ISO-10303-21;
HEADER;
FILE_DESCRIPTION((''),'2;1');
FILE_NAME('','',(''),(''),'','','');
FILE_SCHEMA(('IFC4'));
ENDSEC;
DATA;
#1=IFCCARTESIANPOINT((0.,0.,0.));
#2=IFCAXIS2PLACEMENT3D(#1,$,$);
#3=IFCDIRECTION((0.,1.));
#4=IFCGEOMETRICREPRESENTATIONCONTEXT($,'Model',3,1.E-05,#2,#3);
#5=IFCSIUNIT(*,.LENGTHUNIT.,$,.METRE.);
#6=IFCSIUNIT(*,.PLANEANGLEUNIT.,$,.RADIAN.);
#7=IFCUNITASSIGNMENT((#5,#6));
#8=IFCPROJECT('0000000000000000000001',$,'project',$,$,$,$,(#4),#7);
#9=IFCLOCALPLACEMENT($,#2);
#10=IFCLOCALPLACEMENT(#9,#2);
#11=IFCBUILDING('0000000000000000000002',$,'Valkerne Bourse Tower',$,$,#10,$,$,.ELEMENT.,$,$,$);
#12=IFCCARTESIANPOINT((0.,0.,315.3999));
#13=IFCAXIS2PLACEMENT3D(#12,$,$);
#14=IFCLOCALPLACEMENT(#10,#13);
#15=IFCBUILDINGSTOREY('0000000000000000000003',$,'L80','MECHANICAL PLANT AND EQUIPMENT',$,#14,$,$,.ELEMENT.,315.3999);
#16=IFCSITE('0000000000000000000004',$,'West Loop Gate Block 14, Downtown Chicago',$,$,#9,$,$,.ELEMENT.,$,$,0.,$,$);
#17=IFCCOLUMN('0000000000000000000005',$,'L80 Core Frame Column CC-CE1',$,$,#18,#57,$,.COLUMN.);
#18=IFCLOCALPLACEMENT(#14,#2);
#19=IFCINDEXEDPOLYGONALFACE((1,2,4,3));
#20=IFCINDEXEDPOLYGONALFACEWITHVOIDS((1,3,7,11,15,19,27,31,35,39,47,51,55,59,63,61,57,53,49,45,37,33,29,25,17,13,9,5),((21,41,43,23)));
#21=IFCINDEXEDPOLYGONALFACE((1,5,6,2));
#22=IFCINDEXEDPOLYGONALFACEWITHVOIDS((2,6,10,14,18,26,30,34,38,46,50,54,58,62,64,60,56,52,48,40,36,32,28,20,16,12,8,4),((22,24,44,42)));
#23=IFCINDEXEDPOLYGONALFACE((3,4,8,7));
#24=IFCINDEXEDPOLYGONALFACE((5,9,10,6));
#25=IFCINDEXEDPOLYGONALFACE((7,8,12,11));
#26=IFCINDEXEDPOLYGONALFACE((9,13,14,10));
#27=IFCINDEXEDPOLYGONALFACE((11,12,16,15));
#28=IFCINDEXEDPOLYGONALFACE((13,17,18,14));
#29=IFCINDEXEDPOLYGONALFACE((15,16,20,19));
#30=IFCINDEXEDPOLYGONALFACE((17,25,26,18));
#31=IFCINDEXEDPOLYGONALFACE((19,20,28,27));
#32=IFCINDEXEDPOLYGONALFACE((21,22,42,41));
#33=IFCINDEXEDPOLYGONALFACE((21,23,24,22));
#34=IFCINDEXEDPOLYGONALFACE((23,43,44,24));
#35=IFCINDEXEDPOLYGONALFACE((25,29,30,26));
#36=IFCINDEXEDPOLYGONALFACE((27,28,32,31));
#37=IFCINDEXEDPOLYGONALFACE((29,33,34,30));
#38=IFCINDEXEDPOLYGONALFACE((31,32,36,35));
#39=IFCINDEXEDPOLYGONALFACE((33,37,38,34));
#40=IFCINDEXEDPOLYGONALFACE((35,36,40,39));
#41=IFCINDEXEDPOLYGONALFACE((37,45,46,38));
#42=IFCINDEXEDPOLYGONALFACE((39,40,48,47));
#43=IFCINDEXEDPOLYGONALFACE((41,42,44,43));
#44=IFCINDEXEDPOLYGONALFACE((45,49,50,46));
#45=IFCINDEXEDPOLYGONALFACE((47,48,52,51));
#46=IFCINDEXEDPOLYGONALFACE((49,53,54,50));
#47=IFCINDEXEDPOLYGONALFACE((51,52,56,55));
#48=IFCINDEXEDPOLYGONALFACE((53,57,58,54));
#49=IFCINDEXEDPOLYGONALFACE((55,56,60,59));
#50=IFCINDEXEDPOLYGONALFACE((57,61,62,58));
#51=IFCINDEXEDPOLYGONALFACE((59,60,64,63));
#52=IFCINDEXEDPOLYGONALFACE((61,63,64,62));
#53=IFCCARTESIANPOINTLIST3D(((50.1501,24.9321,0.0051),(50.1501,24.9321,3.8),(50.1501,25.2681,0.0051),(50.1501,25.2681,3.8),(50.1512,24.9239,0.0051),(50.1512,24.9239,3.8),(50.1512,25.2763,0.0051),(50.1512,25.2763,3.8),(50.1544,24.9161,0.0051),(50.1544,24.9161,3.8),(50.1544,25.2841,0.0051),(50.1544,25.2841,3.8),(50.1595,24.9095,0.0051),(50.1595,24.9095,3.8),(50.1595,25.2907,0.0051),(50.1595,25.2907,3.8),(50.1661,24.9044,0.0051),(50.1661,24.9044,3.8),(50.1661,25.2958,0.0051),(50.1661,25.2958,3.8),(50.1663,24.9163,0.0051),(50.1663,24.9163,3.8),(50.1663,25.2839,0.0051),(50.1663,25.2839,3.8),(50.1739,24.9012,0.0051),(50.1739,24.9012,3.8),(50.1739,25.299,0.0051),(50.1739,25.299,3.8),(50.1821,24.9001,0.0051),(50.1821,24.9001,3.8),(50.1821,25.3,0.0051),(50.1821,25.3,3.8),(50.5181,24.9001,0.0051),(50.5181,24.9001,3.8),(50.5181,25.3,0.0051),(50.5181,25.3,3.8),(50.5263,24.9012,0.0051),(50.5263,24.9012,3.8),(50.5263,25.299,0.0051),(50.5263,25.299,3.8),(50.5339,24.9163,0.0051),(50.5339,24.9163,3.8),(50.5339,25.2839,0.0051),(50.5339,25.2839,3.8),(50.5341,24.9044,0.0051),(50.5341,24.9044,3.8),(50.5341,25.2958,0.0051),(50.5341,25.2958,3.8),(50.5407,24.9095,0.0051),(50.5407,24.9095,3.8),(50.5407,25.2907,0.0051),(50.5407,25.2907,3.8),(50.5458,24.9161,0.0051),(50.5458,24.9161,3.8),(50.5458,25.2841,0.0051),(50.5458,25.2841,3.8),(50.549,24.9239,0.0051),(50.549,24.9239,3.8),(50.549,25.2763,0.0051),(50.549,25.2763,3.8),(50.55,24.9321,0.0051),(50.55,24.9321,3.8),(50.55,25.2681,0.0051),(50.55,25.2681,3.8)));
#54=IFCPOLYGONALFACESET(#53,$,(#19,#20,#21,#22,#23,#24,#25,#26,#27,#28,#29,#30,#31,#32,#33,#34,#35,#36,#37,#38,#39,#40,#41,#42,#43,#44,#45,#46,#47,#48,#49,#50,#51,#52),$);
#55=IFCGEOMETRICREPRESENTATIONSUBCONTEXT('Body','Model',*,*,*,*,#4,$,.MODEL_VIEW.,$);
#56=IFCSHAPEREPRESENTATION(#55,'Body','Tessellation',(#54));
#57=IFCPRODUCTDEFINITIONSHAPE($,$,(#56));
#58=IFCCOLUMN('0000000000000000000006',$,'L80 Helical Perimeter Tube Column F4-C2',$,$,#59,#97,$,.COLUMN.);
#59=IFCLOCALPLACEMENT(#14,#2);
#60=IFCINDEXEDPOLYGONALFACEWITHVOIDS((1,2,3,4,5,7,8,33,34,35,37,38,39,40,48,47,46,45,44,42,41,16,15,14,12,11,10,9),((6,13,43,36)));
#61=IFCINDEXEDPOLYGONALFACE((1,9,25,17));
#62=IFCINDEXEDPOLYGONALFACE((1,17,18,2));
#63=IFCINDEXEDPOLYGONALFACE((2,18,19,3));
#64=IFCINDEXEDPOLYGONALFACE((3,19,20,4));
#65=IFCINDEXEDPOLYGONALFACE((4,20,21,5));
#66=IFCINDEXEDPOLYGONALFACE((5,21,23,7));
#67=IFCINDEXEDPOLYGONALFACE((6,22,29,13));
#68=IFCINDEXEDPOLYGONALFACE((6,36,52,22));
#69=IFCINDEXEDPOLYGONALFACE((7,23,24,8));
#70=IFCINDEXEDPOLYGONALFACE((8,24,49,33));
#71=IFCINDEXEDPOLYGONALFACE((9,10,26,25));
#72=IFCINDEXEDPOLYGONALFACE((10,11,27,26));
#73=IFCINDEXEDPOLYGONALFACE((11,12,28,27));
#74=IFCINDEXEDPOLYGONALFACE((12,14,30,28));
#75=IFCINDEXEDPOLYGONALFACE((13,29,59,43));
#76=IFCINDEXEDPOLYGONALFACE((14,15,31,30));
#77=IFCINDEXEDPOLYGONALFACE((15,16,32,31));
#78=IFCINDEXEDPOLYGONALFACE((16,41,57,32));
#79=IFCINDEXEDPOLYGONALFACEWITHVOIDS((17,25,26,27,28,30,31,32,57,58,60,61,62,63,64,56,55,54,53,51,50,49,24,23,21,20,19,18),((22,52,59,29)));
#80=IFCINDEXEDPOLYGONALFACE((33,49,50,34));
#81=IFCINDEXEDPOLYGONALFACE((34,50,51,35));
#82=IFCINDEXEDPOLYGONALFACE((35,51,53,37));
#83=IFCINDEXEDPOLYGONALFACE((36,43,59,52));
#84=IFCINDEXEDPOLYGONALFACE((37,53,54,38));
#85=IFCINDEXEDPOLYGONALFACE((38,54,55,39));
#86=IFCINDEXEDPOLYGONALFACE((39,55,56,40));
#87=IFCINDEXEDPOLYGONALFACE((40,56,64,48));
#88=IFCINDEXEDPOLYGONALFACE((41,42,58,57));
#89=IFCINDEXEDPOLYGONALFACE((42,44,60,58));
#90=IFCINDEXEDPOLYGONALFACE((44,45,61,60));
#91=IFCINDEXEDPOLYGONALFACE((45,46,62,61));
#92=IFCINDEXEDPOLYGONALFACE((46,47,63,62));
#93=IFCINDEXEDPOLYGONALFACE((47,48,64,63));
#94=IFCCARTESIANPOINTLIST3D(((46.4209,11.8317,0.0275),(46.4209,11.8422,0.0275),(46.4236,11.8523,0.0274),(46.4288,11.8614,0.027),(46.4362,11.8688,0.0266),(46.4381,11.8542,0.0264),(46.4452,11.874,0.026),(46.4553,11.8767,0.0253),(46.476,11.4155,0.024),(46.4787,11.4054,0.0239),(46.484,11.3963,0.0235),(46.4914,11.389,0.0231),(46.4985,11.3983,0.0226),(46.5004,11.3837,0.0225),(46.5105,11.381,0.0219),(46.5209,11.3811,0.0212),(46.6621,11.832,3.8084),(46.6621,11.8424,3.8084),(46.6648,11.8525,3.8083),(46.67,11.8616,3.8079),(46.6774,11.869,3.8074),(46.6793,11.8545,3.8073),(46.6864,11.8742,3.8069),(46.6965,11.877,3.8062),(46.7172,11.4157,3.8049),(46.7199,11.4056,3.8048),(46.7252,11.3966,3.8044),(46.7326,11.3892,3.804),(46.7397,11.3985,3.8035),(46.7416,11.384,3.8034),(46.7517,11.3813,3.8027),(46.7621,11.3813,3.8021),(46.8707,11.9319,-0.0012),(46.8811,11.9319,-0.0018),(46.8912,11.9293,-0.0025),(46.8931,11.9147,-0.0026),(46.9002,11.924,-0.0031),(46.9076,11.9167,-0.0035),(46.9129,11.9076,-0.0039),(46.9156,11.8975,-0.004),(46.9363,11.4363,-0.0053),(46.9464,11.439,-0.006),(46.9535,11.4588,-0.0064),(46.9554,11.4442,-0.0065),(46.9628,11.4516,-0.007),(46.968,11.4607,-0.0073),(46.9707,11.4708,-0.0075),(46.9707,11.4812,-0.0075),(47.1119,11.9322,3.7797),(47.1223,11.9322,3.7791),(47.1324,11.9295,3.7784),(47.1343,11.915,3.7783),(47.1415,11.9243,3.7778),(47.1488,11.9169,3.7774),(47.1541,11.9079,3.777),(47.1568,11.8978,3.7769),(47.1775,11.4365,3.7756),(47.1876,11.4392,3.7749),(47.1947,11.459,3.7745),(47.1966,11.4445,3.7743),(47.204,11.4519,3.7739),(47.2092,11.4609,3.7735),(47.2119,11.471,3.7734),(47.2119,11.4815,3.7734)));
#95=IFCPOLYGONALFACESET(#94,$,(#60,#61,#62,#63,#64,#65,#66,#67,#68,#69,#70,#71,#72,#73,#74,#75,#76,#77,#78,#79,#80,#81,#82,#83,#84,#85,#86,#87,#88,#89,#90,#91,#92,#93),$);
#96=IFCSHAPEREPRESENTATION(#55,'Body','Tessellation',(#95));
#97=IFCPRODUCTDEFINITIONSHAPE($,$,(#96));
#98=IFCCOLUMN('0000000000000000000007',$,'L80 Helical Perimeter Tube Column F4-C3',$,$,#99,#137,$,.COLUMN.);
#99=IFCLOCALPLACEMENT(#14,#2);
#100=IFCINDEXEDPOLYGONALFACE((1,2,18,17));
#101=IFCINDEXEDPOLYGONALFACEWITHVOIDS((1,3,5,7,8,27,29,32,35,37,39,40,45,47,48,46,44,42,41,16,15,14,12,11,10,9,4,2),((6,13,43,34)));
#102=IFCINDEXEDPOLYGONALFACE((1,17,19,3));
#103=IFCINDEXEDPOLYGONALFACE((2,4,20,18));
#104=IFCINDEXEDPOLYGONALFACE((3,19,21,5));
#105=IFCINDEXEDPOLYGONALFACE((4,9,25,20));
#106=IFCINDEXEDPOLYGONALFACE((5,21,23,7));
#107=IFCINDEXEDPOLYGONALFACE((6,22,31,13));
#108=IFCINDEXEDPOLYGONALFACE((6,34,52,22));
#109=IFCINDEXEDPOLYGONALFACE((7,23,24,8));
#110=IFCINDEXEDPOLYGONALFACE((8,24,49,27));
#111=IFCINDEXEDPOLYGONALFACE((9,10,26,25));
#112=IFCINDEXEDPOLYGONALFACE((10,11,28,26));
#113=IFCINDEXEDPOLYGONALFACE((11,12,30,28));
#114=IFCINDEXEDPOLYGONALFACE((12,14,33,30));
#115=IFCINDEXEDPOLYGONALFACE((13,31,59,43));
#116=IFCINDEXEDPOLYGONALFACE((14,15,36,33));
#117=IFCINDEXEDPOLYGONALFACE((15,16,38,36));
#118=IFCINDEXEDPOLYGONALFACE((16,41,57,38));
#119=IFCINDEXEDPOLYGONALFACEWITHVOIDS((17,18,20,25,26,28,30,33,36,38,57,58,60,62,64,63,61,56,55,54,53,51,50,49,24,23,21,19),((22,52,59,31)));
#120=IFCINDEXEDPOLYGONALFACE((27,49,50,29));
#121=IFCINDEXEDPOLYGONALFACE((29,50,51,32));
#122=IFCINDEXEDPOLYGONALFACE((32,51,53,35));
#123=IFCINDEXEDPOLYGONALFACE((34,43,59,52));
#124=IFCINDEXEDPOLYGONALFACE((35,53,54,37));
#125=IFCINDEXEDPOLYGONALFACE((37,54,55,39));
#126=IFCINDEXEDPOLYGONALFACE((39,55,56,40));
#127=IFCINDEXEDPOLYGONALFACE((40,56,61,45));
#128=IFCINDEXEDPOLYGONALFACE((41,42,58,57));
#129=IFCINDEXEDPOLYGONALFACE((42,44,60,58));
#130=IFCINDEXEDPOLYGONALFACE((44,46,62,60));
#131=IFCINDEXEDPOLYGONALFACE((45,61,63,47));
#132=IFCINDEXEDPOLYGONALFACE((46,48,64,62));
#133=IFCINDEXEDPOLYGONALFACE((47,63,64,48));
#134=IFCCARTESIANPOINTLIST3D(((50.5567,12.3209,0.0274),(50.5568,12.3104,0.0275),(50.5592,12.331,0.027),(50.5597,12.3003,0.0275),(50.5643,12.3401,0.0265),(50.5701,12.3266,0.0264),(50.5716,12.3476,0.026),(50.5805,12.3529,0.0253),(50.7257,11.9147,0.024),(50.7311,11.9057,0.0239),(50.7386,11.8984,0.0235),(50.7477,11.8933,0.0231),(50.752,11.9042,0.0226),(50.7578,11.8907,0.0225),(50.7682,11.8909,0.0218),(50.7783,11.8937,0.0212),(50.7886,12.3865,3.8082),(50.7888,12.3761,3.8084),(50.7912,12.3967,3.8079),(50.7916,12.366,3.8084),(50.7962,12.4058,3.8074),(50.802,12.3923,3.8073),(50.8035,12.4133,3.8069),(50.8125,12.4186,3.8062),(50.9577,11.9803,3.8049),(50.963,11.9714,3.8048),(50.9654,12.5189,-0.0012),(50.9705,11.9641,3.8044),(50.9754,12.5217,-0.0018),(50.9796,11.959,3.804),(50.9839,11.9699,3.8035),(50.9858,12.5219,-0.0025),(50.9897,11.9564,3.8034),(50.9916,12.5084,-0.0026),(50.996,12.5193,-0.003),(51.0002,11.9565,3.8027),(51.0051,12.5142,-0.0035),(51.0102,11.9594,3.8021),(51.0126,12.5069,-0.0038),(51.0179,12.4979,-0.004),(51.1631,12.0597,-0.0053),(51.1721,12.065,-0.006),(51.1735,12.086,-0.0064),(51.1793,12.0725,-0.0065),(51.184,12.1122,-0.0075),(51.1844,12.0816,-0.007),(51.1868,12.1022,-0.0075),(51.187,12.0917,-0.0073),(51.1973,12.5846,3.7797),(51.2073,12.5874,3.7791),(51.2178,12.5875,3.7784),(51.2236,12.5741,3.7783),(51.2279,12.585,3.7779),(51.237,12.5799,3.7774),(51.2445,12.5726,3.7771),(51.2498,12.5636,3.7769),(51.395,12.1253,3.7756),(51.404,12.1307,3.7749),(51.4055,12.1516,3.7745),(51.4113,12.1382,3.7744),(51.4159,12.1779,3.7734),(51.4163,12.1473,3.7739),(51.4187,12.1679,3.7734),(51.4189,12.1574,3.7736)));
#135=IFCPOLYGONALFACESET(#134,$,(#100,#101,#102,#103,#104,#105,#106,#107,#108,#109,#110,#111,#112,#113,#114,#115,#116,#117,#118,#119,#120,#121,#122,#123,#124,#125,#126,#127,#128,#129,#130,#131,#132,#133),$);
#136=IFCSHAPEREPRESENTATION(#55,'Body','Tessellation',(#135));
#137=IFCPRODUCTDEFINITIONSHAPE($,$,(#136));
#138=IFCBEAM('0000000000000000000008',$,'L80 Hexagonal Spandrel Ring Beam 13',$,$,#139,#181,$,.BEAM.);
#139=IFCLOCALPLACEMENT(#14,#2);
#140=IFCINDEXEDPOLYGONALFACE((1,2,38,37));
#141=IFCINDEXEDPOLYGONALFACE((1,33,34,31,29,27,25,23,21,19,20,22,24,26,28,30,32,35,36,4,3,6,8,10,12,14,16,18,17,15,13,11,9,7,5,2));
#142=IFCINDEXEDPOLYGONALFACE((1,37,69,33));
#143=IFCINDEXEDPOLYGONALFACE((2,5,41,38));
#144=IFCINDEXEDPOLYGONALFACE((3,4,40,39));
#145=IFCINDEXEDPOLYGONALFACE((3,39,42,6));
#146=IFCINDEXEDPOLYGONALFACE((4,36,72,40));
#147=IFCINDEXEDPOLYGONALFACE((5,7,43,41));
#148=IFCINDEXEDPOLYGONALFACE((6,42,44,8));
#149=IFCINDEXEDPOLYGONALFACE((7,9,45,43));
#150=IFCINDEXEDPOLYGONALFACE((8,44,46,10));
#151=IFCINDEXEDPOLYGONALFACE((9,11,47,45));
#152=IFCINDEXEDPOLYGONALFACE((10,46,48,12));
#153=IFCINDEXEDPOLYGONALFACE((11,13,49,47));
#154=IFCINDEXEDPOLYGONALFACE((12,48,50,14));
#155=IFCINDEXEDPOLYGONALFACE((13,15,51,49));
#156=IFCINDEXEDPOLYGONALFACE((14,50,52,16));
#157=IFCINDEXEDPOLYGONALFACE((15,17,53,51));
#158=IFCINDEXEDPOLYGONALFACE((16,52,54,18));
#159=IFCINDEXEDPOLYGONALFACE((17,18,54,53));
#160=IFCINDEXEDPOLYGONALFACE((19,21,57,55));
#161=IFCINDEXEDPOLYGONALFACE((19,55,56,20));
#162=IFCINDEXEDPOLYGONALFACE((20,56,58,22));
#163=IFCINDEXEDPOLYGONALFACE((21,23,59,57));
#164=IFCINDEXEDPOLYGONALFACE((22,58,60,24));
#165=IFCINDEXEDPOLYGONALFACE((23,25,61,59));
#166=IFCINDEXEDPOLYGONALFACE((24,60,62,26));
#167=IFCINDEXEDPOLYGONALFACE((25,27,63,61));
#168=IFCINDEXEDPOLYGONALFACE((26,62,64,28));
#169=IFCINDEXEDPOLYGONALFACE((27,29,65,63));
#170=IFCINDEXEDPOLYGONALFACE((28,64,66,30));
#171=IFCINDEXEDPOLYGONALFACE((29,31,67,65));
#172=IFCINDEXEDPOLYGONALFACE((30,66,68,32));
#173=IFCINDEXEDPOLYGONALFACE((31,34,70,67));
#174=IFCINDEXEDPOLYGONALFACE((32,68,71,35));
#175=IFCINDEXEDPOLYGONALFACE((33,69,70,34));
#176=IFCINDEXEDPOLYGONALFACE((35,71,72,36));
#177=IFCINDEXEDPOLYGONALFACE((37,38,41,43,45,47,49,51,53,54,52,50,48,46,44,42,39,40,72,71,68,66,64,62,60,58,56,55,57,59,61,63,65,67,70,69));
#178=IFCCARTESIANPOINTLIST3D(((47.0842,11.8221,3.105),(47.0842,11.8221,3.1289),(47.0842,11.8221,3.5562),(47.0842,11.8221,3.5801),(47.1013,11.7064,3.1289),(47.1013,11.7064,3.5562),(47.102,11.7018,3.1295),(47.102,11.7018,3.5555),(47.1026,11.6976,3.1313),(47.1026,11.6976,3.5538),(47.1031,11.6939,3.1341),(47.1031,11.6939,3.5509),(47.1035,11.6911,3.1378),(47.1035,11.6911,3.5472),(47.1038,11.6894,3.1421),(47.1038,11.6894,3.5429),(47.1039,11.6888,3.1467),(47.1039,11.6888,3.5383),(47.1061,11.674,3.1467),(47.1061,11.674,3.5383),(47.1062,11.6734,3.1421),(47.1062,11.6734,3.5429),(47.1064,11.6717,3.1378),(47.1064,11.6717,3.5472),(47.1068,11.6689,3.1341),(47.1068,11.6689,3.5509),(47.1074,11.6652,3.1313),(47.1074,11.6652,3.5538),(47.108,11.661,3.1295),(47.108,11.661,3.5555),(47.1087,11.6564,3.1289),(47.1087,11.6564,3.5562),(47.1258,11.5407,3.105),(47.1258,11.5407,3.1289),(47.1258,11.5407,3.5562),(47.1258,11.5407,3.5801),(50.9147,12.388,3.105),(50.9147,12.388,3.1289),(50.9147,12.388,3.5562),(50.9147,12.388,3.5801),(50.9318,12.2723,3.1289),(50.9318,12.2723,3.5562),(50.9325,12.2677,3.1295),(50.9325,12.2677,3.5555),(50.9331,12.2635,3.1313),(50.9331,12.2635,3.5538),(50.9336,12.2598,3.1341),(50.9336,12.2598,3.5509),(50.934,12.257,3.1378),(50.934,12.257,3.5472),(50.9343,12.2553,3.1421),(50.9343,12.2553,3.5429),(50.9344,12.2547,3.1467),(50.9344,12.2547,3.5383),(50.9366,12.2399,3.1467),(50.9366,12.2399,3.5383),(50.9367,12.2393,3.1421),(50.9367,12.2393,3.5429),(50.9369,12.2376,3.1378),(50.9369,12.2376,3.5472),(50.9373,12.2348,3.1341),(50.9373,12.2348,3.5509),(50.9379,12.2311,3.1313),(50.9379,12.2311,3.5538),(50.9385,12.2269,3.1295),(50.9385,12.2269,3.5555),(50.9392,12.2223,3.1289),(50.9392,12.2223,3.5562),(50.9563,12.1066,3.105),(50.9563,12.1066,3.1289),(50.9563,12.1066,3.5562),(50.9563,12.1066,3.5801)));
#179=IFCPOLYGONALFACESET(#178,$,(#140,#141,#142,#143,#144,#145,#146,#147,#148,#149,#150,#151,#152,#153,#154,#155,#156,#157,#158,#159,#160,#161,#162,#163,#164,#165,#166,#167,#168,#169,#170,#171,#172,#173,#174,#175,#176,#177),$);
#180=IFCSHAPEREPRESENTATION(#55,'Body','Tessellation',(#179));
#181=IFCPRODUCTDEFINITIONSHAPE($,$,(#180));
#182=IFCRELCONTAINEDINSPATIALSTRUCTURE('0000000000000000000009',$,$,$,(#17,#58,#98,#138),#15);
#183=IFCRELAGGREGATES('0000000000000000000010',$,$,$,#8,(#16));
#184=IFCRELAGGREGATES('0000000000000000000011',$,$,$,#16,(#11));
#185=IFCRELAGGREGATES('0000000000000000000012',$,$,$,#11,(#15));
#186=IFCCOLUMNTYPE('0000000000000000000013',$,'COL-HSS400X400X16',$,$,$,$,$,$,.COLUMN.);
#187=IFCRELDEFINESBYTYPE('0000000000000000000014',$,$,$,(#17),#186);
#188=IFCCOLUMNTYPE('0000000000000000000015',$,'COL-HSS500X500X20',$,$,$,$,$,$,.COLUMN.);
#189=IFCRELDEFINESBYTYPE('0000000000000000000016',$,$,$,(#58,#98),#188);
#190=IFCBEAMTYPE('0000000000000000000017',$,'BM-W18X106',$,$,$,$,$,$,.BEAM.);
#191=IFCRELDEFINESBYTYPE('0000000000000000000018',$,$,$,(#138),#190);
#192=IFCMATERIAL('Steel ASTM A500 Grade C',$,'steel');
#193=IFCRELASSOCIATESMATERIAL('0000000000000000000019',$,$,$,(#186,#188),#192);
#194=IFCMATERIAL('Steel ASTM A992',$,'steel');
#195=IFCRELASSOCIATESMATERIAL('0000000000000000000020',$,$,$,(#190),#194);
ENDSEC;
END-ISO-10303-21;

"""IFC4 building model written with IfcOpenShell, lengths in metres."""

from ifc_helpers import new_model, si_unit, direction, frame, origin, origin_2d, place, context, subcontext, project, spatial, hollow_rectangle, i_section, extrude, material, material_profile, profile_set, type_object, element, save


model = new_model("IFC4")

# Units and contexts
model_context = context("Model", 3, precision=1e-05, world=origin(), true_north=direction((0.0, 1.0)))
body_context = subcontext(model_context, "Body", "Model", "MODEL_VIEW")
ifc_project = project(units=[si_unit("LENGTHUNIT", "METRE"), si_unit("PLANEANGLEUNIT", "RADIAN")], contexts=[model_context])

# Site, building, storey
site_placement = place(None, origin())
site = spatial("IfcSite", under=ifc_project, at=site_placement, Name="West Loop Gate Block 14, Downtown Chicago", CompositionType="ELEMENT", RefElevation=0.0)
building_placement = place(site_placement, origin())
building = spatial("IfcBuilding", under=site, at=building_placement, Name="Valkerne Bourse Tower", CompositionType="ELEMENT")
storey_placement = place(building_placement, frame((0.0, 0.0, 315.3999)))
storey = spatial("IfcBuildingStorey", under=building, at=storey_placement, Name="L80", Description="MECHANICAL PLANT AND EQUIPMENT", CompositionType="ELEMENT", Elevation=315.3999)

# Columns
ifc_material_1 = material(Name="Steel ASTM A500 Grade C", Category="steel")
ifc_material_profile_1 = material_profile(ifc_material_1, hollow_rectangle(XDim=0.3999, YDim=0.3999, WallThickness=0.0161, OuterFilletRadius=0.032, at=origin_2d()), Name="HSS400X400X16")
ifc_profile_set_1 = profile_set([ifc_material_profile_1], Name="Steel ASTM A500 Grade C")
column_type_1 = type_object("IfcColumnType", Name="COL-HSS400X400X16", PredefinedType="COLUMN", material=ifc_profile_set_1)
column_placement = place(storey_placement, frame((50.3501, 25.1001, 0.0051), z_axis=(0.0, 0.0, 1.0), x_axis=(1.0, 0.0, 0.0)))
element("IfcColumn", 1, at=column_placement, inside=storey, type_object=column_type_1, Name="L80 Core Frame Column CC-CE1", PredefinedType="COLUMN", context=body_context, shape_type="SweptSolid", body=[
    extrude(hollow_rectangle(XDim=0.3999, YDim=0.3999, WallThickness=0.0161, OuterFilletRadius=0.032, at=origin_2d()), origin(), (0.0, 0.0, 1.0), 3.7949),
])
ifc_material_profile_2 = material_profile(ifc_material_1, hollow_rectangle(XDim=0.5, YDim=0.5, WallThickness=0.02, OuterFilletRadius=0.04, at=origin_2d()), Name="HSS500X500X20")
ifc_profile_set_2 = profile_set([ifc_material_profile_2], Name="Steel ASTM A500 Grade C")
column_type_2 = type_object("IfcColumnType", Name="COL-HSS500X500X20", PredefinedType="COLUMN", material=ifc_profile_set_2)
for number, where, z_axis, x_axis, name in (
    (2, (46.6958, 11.6565, 0.01), (0.063666, 0.000064, 0.997971), (-0.131265, 0.991313, 0.00831), "L80 Helical Perimeter Tube Column F4-C2"),
    (3, (50.8718, 12.2063, 0.01), (0.061217, 0.017334, 0.997974), (-0.39545, 0.91845, 0.008305), "L80 Helical Perimeter Tube Column F4-C3"),
):
    element("IfcColumn", number, at=place(storey_placement, frame(where, z_axis=z_axis, x_axis=x_axis)), inside=storey, type_object=column_type_2, Name=name, PredefinedType="COLUMN", context=body_context, shape_type="SweptSolid", body=[
        extrude(hollow_rectangle(XDim=0.5, YDim=0.5, WallThickness=0.02, OuterFilletRadius=0.04, at=origin_2d()), origin(), (0.0, 0.0, 1.0), 3.7886),
    ])

# Beam
ifc_material_2 = material(Name="Steel ASTM A992", Category="steel")
ifc_material_profile_3 = material_profile(ifc_material_2, i_section(OverallWidth=0.2844, OverallDepth=0.4751, WebThickness=0.0149, FlangeThickness=0.0239, FilletRadius=0.0178, at=origin_2d()), Name="W18X106")
ifc_profile_set_3 = profile_set([ifc_material_profile_3], Name="Steel ASTM A992")
beam_type_1 = type_object("IfcBeamType", Name="BM-W18X106", PredefinedType="BEAM", material=ifc_profile_set_3)
beam_1_placement = place(storey_placement, frame((47.105, 11.6814, 3.3425), z_axis=(0.989262, 0.146151, 0.0), x_axis=(-0.146151, 0.989262, 0.0)))
element("IfcBeam", 4, at=beam_1_placement, inside=storey, type_object=beam_type_1, Name="L80 Hexagonal Spandrel Ring Beam 13", PredefinedType="BEAM", context=body_context, shape_type="SweptSolid", body=[
    extrude(i_section(OverallWidth=0.2844, OverallDepth=0.4751, WebThickness=0.0149, FlangeThickness=0.0239, FilletRadius=0.0178, at=origin_2d()), origin(), (0.0, 0.0, 1.0), 3.8721),
])

save(model, "model.ifc")
